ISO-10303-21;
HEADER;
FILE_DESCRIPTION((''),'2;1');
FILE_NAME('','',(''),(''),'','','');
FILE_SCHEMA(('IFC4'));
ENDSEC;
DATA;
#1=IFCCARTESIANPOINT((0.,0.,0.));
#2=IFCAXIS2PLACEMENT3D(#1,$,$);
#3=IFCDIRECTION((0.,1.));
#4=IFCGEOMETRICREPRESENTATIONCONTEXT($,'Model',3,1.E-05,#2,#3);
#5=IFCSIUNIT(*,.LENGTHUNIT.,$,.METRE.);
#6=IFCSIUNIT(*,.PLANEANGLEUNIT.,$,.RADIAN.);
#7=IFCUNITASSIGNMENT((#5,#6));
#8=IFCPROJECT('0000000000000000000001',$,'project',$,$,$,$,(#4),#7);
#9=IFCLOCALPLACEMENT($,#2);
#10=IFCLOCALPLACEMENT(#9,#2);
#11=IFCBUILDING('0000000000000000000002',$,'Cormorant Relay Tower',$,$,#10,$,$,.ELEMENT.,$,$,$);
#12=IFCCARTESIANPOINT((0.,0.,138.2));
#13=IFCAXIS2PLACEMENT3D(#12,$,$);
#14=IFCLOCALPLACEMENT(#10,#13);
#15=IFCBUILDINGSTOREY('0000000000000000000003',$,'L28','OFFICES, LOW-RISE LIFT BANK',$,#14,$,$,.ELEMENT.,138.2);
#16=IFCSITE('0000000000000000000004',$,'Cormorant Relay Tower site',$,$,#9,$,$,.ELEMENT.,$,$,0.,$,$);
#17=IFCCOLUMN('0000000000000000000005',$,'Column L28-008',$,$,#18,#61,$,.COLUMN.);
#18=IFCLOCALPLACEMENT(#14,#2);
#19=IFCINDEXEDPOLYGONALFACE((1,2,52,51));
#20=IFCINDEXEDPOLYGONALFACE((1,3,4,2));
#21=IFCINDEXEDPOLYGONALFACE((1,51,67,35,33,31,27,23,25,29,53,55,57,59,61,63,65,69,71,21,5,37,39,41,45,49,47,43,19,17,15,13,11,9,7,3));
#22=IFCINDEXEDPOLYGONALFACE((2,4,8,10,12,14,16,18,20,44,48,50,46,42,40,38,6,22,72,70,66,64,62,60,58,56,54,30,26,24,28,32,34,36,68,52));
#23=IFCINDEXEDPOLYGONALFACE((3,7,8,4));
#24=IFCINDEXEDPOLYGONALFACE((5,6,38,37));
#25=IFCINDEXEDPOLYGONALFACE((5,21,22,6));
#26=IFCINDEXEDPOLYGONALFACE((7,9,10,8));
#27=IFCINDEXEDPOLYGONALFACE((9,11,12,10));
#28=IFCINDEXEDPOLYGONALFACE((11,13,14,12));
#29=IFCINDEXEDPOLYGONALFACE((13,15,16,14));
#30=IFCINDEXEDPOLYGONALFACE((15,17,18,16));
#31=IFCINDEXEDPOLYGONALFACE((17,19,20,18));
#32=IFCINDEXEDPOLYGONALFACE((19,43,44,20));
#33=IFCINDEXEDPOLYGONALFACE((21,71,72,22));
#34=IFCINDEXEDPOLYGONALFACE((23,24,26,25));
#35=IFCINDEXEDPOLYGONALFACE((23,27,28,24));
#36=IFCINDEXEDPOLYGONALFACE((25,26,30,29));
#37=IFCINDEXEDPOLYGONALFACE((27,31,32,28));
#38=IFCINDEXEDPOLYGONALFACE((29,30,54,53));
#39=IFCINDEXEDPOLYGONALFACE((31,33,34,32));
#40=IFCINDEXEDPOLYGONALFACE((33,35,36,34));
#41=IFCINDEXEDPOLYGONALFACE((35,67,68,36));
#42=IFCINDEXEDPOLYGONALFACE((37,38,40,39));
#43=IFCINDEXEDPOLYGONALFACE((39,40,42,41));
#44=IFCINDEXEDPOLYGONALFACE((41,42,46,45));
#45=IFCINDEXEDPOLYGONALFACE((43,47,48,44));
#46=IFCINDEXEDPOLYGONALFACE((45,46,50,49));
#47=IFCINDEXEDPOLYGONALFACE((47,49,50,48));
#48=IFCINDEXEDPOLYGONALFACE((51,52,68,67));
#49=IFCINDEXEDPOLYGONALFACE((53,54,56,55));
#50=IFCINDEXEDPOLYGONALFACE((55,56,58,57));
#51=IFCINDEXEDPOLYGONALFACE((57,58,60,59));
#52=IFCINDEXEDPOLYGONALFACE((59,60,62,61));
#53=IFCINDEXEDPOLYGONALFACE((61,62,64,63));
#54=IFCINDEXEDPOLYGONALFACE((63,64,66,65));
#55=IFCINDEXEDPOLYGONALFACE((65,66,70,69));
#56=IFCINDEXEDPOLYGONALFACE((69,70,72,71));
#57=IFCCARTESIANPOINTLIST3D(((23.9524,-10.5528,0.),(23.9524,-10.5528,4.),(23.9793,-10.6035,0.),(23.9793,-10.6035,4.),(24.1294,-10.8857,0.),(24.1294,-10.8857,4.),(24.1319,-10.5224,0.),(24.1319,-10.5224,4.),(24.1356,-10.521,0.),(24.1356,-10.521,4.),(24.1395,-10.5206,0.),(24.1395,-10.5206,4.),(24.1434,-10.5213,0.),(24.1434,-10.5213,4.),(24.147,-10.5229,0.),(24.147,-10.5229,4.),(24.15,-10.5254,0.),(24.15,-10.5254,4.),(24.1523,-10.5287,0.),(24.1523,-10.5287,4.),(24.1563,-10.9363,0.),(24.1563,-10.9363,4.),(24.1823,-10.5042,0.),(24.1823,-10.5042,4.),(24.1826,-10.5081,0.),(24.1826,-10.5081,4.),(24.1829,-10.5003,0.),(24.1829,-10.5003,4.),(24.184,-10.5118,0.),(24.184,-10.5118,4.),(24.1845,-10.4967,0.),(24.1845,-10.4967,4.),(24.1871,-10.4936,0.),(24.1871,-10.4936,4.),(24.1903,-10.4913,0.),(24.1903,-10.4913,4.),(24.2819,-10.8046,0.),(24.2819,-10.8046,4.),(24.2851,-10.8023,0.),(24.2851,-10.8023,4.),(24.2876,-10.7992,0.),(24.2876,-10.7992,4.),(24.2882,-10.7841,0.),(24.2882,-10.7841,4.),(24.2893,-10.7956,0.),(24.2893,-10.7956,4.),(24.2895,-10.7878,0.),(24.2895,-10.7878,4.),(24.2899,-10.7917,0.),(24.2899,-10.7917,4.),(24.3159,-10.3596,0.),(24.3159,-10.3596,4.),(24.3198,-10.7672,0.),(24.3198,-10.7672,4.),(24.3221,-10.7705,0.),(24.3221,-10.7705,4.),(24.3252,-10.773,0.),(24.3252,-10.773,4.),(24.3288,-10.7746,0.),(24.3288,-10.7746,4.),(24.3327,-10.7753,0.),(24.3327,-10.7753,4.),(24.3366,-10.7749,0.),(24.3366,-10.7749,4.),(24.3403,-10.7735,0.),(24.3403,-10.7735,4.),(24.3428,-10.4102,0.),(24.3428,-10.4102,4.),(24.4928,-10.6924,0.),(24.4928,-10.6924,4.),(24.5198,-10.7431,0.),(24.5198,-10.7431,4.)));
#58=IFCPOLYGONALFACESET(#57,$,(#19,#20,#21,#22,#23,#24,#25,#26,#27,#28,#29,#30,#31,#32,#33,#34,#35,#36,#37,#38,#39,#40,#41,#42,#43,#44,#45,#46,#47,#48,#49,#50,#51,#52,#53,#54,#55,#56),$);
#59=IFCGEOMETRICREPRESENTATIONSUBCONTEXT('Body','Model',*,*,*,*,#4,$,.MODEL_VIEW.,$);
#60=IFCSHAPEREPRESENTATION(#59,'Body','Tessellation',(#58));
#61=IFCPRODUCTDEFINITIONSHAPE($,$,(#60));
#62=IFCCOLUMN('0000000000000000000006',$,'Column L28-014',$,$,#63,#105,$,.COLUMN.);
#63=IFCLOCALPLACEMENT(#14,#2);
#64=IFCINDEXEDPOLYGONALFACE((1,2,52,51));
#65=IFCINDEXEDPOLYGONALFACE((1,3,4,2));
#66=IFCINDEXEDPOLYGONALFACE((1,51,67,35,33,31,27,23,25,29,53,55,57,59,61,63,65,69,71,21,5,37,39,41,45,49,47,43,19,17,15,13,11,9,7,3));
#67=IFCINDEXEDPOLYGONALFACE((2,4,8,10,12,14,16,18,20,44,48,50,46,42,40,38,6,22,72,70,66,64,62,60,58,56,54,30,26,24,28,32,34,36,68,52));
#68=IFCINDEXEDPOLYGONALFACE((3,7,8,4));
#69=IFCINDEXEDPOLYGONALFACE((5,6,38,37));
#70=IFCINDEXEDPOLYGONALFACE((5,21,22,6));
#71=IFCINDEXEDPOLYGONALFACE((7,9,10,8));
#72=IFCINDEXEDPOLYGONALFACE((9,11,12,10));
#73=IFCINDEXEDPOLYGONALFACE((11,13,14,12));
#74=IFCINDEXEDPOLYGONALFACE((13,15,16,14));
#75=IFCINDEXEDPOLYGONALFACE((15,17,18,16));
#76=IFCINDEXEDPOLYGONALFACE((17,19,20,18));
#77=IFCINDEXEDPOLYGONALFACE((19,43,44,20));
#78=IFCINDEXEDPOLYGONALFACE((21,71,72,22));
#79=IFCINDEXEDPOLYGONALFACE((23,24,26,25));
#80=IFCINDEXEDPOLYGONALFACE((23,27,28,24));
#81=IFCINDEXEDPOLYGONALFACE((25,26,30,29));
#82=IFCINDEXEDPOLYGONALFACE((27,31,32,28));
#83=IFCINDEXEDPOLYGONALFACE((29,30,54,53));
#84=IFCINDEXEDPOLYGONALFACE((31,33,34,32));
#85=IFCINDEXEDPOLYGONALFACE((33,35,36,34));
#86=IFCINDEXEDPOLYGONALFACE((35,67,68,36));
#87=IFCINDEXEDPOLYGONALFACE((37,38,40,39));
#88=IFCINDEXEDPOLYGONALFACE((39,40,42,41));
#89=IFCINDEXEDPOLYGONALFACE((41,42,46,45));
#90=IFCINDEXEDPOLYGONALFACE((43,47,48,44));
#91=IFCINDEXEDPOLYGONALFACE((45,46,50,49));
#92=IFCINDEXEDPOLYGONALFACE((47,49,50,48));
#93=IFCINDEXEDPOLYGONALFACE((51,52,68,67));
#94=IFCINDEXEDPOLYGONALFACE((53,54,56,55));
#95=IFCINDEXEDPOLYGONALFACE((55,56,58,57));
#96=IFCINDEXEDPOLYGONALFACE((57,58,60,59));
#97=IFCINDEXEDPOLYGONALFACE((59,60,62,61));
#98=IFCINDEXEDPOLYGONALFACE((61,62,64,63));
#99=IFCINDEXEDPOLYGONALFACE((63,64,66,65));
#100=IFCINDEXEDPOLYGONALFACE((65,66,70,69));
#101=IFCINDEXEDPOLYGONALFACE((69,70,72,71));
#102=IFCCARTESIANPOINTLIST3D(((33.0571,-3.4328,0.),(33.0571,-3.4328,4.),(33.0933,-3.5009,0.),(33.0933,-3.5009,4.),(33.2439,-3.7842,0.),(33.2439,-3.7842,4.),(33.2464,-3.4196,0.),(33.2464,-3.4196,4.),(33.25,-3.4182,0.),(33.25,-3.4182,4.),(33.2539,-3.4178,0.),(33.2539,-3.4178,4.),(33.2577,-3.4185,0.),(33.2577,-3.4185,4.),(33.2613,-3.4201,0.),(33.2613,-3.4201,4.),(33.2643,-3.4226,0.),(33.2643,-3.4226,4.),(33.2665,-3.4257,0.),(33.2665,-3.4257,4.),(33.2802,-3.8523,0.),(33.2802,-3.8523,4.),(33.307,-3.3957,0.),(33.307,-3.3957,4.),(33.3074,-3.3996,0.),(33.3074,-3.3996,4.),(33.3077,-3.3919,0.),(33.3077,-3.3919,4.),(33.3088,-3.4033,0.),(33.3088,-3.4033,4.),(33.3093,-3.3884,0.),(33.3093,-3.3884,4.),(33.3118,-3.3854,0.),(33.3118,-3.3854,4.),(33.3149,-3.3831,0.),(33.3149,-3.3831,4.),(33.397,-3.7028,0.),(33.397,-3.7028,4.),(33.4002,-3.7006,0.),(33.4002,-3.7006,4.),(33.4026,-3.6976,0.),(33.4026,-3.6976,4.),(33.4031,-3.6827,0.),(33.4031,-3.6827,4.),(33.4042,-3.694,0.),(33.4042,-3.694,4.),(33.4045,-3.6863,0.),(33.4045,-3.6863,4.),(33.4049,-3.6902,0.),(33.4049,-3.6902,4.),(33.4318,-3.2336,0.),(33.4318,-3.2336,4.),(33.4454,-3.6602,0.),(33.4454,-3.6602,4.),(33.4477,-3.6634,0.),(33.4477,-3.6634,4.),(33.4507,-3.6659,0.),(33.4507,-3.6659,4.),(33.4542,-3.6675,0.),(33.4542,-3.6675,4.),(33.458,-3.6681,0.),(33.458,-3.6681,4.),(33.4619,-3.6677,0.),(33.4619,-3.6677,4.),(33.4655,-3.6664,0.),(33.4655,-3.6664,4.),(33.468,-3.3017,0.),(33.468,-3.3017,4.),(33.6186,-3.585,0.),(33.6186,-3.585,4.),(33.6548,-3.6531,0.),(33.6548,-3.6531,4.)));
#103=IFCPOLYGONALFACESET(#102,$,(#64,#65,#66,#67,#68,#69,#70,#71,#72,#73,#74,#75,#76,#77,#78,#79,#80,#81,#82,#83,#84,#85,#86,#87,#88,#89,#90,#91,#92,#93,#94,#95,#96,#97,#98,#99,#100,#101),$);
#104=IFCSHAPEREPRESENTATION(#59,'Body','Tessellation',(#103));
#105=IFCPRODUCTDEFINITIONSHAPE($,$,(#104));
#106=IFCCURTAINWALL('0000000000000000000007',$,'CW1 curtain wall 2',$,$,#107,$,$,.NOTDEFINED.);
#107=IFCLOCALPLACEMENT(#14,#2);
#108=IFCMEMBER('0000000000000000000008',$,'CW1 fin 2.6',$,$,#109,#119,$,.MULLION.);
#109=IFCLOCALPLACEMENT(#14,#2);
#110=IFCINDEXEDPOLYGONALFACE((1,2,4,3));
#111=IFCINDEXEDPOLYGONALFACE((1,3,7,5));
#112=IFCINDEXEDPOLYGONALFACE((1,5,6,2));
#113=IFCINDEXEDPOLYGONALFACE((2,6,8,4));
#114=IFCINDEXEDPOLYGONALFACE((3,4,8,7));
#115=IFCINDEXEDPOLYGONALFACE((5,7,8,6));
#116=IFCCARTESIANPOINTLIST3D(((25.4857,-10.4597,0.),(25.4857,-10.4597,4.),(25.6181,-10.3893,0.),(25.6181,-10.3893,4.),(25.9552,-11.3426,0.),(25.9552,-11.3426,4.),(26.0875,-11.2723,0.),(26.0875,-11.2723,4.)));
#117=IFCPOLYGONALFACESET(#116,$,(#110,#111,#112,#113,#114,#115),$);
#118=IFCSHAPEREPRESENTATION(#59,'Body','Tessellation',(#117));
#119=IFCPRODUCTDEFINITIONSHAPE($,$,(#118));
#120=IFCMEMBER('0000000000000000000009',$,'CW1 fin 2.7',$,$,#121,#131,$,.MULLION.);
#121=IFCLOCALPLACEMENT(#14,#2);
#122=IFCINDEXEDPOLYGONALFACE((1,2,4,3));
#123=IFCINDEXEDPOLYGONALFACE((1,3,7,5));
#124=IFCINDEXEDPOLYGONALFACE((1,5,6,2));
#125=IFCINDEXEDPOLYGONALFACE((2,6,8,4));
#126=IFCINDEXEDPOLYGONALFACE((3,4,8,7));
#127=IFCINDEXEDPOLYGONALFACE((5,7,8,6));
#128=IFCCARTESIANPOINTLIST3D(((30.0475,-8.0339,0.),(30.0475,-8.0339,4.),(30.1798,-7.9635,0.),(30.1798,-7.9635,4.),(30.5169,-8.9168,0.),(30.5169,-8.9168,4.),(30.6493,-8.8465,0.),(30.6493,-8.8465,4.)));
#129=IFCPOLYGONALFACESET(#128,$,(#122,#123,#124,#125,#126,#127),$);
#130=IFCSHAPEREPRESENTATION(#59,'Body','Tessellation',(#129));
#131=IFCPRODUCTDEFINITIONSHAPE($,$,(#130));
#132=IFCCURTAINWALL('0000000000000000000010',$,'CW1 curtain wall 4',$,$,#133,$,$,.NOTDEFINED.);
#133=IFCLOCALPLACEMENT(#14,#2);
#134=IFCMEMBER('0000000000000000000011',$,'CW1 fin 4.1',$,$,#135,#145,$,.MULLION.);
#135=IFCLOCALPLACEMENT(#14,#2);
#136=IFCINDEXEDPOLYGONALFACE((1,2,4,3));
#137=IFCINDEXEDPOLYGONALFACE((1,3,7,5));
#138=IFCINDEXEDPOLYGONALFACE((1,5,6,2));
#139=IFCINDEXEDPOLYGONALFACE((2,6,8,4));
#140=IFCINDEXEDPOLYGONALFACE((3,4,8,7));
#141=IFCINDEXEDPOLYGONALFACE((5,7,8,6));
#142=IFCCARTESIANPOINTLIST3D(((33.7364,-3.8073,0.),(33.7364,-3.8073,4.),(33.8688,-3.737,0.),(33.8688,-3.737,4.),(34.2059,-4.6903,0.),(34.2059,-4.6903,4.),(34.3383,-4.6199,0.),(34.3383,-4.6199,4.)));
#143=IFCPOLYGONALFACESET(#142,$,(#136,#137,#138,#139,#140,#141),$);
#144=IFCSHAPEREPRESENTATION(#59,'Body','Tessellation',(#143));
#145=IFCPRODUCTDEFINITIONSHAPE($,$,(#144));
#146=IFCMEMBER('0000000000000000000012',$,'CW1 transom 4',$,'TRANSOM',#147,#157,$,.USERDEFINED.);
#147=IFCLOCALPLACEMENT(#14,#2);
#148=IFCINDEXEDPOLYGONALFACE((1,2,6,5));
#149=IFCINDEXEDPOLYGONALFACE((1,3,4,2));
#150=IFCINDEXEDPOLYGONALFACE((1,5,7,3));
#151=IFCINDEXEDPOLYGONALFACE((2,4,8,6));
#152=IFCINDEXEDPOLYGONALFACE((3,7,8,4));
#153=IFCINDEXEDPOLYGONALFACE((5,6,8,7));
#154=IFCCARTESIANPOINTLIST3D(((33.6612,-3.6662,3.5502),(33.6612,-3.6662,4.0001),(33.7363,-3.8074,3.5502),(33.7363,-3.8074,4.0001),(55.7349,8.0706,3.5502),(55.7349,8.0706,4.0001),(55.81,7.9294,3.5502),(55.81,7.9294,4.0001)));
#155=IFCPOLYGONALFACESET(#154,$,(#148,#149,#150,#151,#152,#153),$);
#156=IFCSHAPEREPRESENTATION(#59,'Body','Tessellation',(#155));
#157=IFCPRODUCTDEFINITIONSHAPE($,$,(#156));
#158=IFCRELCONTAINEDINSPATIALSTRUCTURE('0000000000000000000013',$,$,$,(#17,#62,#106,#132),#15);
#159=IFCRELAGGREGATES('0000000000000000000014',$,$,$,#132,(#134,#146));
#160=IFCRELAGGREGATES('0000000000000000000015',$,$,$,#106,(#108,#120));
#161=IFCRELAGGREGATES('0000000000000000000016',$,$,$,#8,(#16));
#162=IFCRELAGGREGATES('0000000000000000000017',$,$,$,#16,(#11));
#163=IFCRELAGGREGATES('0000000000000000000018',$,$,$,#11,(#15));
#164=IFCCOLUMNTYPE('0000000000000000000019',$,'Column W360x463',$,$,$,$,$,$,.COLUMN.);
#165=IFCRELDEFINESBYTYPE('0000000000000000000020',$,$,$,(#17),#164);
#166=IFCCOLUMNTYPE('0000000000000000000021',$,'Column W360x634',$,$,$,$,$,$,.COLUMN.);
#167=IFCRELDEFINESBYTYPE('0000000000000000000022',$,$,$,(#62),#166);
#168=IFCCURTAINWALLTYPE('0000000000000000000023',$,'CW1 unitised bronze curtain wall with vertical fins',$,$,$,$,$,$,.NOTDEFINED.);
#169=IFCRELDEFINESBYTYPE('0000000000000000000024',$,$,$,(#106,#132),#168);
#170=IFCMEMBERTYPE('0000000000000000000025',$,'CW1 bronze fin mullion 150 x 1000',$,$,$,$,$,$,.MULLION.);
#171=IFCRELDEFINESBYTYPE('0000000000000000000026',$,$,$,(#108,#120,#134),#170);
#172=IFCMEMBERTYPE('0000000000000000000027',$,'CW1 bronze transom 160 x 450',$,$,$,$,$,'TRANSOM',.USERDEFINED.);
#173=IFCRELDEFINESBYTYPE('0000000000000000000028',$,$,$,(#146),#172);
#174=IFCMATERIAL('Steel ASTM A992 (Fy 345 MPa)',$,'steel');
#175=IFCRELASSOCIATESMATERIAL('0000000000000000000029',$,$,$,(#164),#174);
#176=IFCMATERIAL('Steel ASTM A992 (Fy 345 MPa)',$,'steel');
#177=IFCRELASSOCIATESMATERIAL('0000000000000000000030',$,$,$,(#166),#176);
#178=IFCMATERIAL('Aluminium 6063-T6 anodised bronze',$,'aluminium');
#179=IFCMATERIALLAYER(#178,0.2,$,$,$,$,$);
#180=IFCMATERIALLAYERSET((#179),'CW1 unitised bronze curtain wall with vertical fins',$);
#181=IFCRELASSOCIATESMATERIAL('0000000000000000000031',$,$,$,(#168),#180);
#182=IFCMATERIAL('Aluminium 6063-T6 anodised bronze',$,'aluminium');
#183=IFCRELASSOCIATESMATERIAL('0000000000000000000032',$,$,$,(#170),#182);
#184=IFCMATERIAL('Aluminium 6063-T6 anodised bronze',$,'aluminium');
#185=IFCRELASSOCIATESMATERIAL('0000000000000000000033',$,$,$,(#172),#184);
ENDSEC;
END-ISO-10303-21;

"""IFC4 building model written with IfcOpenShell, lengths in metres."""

from ifc_helpers import new_model, si_unit, direction, frame, origin, origin_2d, place, context, subcontext, project, spatial, rectangle, i_section, extrude, material, layer, layer_set, material_profile, profile_set, type_object, element, aggregate, save


model = new_model("IFC4")

# Units and contexts
model_context = context("Model", 3, precision=1e-05, world=origin(), true_north=direction((0.0, 1.0)))
body_context = subcontext(model_context, "Body", "Model", "MODEL_VIEW")
ifc_project = project(units=[si_unit("LENGTHUNIT", "METRE"), si_unit("PLANEANGLEUNIT", "RADIAN")], contexts=[model_context])

# Site, building, storey
site_placement = place(None, origin())
site = spatial("IfcSite", under=ifc_project, at=site_placement, Name="Cormorant Relay Tower site", CompositionType="ELEMENT", RefElevation=0.0)
building_placement = place(site_placement, origin())
building = spatial("IfcBuilding", under=site, at=building_placement, Name="Cormorant Relay Tower", CompositionType="ELEMENT")
storey_placement = place(building_placement, frame((0.0, 0.0, 138.2)))
storey = spatial("IfcBuildingStorey", under=building, at=storey_placement, Name="L28", Description="OFFICES, LOW-RISE LIFT BANK", CompositionType="ELEMENT", Elevation=138.2)

# Columns
ifc_material_1 = material(Name="Steel ASTM A992 (Fy 345 MPa)", Category="steel")
ifc_material_profile_1 = material_profile(ifc_material_1, i_section(OverallWidth=0.4116, OverallDepth=0.4343, WebThickness=0.0359, FlangeThickness=0.0574, FilletRadius=0.0151, at=origin_2d()), Name="W360x463")
ifc_profile_set_1 = profile_set([ifc_material_profile_1], Name="Steel ASTM A992 (Fy 345 MPa)")
column_type_1 = type_object("IfcColumnType", Name="Column W360x463", PredefinedType="COLUMN", material=ifc_profile_set_1)
column_1_placement = place(storey_placement, frame((24.2361, -10.6479, 0.0), z_axis=(0.0, 0.0, 1.0), x_axis=(0.882948, 0.469472, 0.0)))
element("IfcColumn", 1, at=column_1_placement, inside=storey, type_object=column_type_1, Name="Column L28-008", PredefinedType="COLUMN", context=body_context, shape_type="SweptSolid", body=[
    extrude(i_section(OverallWidth=0.4116, OverallDepth=0.4343, WebThickness=0.0359, FlangeThickness=0.0574, FilletRadius=0.0151, at=origin_2d()), origin(), (0.0, 0.0, 1.0), 4.0),
])
ifc_material_2 = material(Name="Steel ASTM A992 (Fy 345 MPa)", Category="steel")
ifc_material_profile_2 = material_profile(ifc_material_2, i_section(OverallWidth=0.4243, OverallDepth=0.4751, WebThickness=0.0479, FlangeThickness=0.0771, FilletRadius=0.0149, at=origin_2d()), Name="W360x634")
ifc_profile_set_2 = profile_set([ifc_material_profile_2], Name="Steel ASTM A992 (Fy 345 MPa)")
column_type_2 = type_object("IfcColumnType", Name="Column W360x634", PredefinedType="COLUMN", material=ifc_profile_set_2)
column_2_placement = place(storey_placement, frame((33.356, -3.543, 0.0), z_axis=(0.0, 0.0, 1.0), x_axis=(0.882948, 0.469472, 0.0)))
element("IfcColumn", 2, at=column_2_placement, inside=storey, type_object=column_type_2, Name="Column L28-014", PredefinedType="COLUMN", context=body_context, shape_type="SweptSolid", body=[
    extrude(i_section(OverallWidth=0.4243, OverallDepth=0.4751, WebThickness=0.0479, FlangeThickness=0.0771, FilletRadius=0.0149, at=origin_2d()), origin(), (0.0, 0.0, 1.0), 4.0),
])

# Curtain walls, members
ifc_material_3 = material(Name="Aluminium 6063-T6 anodised bronze", Category="aluminium")
ifc_layer_1 = layer(ifc_material_3, 0.2)
ifc_layer_set_1 = layer_set([ifc_layer_1], Name="CW1 unitised bronze curtain wall with vertical fins")
curtain_wall_type = type_object("IfcCurtainWallType", Name="CW1 unitised bronze curtain wall with vertical fins", PredefinedType="NOTDEFINED", material=ifc_layer_set_1)
curtain_wall_1_placement = place(storey_placement, origin())
curtain_wall_1 = element("IfcCurtainWall", 3, at=curtain_wall_1_placement, inside=storey, type_object=curtain_wall_type, Name="CW1 curtain wall 2", PredefinedType="NOTDEFINED")
ifc_material_4 = material(Name="Aluminium 6063-T6 anodised bronze", Category="aluminium")
ifc_material_profile_3 = material_profile(ifc_material_4, rectangle(XDim=0.1499, YDim=1.0, at=origin_2d()), Name="AL 150x1000")
ifc_profile_set_3 = profile_set([ifc_material_profile_3], Name="Aluminium 6063-T6 anodised bronze")
member_type_1 = type_object("IfcMemberType", Name="CW1 bronze fin mullion 150 x 1000", PredefinedType="MULLION", material=ifc_profile_set_3)
member_1_placement = place(storey_placement, frame((25.7866, -10.866, 0.0), z_axis=(0.0, 0.0, 1.0), x_axis=(0.882948, 0.469472, 0.0)))
member_1 = element("IfcMember", 4, at=member_1_placement, type_object=member_type_1, Name="CW1 fin 2.6", PredefinedType="MULLION", context=body_context, shape_type="SweptSolid", body=[
    extrude(rectangle(XDim=0.1499, YDim=1.0, at=origin_2d()), origin(), (0.0, 0.0, 1.0), 4.0),
])
member_2_placement = place(storey_placement, frame((30.3484, -8.4402, 0.0), z_axis=(0.0, 0.0, 1.0), x_axis=(0.882948, 0.469472, 0.0)))
member_2 = element("IfcMember", 5, at=member_2_placement, type_object=member_type_1, Name="CW1 fin 2.7", PredefinedType="MULLION", context=body_context, shape_type="SweptSolid", body=[
    extrude(rectangle(XDim=0.1499, YDim=1.0, at=origin_2d()), origin(), (0.0, 0.0, 1.0), 4.0),
])
curtain_wall_2_placement = place(storey_placement, origin())
curtain_wall_2 = element("IfcCurtainWall", 6, at=curtain_wall_2_placement, inside=storey, type_object=curtain_wall_type, Name="CW1 curtain wall 4", PredefinedType="NOTDEFINED")
member_3_placement = place(storey_placement, frame((34.0374, -4.2136, 0.0), z_axis=(0.0, 0.0, 1.0), x_axis=(0.882948, 0.469472, 0.0)))
member_3 = element("IfcMember", 7, at=member_3_placement, type_object=member_type_1, Name="CW1 fin 4.1", PredefinedType="MULLION", context=body_context, shape_type="SweptSolid", body=[
    extrude(rectangle(XDim=0.1499, YDim=1.0, at=origin_2d()), origin(), (0.0, 0.0, 1.0), 4.0),
])
ifc_material_5 = material(Name="Aluminium 6063-T6 anodised bronze", Category="aluminium")
ifc_material_profile_4 = material_profile(ifc_material_5, rectangle(XDim=0.1599, YDim=0.45, at=origin_2d()), Name="AL 160x450")
ifc_profile_set_4 = profile_set([ifc_material_profile_4], Name="Aluminium 6063-T6 anodised bronze")
member_type_2 = type_object("IfcMemberType", Name="CW1 bronze transom 160 x 450", ElementType="TRANSOM", PredefinedType="USERDEFINED", material=ifc_profile_set_4)
member_4_placement = place(storey_placement, frame((33.6987, -3.7368, 3.7751), z_axis=(0.882947, 0.469472, 0.0), x_axis=(-0.469472, 0.882947, 0.0)))
member_4 = element("IfcMember", 8, at=member_4_placement, type_object=member_type_2, Name="CW1 transom 4", ObjectType="TRANSOM", PredefinedType="USERDEFINED", context=body_context, shape_type="SweptSolid", body=[
    extrude(rectangle(XDim=0.1599, YDim=0.45, at=origin_2d()), origin(), (0.0, 0.0, 1.0), 25.0),
])
aggregate(curtain_wall_2, [member_3, member_4])

aggregate(curtain_wall_1, [member_1, member_2])

save(model, "model.ifc")
